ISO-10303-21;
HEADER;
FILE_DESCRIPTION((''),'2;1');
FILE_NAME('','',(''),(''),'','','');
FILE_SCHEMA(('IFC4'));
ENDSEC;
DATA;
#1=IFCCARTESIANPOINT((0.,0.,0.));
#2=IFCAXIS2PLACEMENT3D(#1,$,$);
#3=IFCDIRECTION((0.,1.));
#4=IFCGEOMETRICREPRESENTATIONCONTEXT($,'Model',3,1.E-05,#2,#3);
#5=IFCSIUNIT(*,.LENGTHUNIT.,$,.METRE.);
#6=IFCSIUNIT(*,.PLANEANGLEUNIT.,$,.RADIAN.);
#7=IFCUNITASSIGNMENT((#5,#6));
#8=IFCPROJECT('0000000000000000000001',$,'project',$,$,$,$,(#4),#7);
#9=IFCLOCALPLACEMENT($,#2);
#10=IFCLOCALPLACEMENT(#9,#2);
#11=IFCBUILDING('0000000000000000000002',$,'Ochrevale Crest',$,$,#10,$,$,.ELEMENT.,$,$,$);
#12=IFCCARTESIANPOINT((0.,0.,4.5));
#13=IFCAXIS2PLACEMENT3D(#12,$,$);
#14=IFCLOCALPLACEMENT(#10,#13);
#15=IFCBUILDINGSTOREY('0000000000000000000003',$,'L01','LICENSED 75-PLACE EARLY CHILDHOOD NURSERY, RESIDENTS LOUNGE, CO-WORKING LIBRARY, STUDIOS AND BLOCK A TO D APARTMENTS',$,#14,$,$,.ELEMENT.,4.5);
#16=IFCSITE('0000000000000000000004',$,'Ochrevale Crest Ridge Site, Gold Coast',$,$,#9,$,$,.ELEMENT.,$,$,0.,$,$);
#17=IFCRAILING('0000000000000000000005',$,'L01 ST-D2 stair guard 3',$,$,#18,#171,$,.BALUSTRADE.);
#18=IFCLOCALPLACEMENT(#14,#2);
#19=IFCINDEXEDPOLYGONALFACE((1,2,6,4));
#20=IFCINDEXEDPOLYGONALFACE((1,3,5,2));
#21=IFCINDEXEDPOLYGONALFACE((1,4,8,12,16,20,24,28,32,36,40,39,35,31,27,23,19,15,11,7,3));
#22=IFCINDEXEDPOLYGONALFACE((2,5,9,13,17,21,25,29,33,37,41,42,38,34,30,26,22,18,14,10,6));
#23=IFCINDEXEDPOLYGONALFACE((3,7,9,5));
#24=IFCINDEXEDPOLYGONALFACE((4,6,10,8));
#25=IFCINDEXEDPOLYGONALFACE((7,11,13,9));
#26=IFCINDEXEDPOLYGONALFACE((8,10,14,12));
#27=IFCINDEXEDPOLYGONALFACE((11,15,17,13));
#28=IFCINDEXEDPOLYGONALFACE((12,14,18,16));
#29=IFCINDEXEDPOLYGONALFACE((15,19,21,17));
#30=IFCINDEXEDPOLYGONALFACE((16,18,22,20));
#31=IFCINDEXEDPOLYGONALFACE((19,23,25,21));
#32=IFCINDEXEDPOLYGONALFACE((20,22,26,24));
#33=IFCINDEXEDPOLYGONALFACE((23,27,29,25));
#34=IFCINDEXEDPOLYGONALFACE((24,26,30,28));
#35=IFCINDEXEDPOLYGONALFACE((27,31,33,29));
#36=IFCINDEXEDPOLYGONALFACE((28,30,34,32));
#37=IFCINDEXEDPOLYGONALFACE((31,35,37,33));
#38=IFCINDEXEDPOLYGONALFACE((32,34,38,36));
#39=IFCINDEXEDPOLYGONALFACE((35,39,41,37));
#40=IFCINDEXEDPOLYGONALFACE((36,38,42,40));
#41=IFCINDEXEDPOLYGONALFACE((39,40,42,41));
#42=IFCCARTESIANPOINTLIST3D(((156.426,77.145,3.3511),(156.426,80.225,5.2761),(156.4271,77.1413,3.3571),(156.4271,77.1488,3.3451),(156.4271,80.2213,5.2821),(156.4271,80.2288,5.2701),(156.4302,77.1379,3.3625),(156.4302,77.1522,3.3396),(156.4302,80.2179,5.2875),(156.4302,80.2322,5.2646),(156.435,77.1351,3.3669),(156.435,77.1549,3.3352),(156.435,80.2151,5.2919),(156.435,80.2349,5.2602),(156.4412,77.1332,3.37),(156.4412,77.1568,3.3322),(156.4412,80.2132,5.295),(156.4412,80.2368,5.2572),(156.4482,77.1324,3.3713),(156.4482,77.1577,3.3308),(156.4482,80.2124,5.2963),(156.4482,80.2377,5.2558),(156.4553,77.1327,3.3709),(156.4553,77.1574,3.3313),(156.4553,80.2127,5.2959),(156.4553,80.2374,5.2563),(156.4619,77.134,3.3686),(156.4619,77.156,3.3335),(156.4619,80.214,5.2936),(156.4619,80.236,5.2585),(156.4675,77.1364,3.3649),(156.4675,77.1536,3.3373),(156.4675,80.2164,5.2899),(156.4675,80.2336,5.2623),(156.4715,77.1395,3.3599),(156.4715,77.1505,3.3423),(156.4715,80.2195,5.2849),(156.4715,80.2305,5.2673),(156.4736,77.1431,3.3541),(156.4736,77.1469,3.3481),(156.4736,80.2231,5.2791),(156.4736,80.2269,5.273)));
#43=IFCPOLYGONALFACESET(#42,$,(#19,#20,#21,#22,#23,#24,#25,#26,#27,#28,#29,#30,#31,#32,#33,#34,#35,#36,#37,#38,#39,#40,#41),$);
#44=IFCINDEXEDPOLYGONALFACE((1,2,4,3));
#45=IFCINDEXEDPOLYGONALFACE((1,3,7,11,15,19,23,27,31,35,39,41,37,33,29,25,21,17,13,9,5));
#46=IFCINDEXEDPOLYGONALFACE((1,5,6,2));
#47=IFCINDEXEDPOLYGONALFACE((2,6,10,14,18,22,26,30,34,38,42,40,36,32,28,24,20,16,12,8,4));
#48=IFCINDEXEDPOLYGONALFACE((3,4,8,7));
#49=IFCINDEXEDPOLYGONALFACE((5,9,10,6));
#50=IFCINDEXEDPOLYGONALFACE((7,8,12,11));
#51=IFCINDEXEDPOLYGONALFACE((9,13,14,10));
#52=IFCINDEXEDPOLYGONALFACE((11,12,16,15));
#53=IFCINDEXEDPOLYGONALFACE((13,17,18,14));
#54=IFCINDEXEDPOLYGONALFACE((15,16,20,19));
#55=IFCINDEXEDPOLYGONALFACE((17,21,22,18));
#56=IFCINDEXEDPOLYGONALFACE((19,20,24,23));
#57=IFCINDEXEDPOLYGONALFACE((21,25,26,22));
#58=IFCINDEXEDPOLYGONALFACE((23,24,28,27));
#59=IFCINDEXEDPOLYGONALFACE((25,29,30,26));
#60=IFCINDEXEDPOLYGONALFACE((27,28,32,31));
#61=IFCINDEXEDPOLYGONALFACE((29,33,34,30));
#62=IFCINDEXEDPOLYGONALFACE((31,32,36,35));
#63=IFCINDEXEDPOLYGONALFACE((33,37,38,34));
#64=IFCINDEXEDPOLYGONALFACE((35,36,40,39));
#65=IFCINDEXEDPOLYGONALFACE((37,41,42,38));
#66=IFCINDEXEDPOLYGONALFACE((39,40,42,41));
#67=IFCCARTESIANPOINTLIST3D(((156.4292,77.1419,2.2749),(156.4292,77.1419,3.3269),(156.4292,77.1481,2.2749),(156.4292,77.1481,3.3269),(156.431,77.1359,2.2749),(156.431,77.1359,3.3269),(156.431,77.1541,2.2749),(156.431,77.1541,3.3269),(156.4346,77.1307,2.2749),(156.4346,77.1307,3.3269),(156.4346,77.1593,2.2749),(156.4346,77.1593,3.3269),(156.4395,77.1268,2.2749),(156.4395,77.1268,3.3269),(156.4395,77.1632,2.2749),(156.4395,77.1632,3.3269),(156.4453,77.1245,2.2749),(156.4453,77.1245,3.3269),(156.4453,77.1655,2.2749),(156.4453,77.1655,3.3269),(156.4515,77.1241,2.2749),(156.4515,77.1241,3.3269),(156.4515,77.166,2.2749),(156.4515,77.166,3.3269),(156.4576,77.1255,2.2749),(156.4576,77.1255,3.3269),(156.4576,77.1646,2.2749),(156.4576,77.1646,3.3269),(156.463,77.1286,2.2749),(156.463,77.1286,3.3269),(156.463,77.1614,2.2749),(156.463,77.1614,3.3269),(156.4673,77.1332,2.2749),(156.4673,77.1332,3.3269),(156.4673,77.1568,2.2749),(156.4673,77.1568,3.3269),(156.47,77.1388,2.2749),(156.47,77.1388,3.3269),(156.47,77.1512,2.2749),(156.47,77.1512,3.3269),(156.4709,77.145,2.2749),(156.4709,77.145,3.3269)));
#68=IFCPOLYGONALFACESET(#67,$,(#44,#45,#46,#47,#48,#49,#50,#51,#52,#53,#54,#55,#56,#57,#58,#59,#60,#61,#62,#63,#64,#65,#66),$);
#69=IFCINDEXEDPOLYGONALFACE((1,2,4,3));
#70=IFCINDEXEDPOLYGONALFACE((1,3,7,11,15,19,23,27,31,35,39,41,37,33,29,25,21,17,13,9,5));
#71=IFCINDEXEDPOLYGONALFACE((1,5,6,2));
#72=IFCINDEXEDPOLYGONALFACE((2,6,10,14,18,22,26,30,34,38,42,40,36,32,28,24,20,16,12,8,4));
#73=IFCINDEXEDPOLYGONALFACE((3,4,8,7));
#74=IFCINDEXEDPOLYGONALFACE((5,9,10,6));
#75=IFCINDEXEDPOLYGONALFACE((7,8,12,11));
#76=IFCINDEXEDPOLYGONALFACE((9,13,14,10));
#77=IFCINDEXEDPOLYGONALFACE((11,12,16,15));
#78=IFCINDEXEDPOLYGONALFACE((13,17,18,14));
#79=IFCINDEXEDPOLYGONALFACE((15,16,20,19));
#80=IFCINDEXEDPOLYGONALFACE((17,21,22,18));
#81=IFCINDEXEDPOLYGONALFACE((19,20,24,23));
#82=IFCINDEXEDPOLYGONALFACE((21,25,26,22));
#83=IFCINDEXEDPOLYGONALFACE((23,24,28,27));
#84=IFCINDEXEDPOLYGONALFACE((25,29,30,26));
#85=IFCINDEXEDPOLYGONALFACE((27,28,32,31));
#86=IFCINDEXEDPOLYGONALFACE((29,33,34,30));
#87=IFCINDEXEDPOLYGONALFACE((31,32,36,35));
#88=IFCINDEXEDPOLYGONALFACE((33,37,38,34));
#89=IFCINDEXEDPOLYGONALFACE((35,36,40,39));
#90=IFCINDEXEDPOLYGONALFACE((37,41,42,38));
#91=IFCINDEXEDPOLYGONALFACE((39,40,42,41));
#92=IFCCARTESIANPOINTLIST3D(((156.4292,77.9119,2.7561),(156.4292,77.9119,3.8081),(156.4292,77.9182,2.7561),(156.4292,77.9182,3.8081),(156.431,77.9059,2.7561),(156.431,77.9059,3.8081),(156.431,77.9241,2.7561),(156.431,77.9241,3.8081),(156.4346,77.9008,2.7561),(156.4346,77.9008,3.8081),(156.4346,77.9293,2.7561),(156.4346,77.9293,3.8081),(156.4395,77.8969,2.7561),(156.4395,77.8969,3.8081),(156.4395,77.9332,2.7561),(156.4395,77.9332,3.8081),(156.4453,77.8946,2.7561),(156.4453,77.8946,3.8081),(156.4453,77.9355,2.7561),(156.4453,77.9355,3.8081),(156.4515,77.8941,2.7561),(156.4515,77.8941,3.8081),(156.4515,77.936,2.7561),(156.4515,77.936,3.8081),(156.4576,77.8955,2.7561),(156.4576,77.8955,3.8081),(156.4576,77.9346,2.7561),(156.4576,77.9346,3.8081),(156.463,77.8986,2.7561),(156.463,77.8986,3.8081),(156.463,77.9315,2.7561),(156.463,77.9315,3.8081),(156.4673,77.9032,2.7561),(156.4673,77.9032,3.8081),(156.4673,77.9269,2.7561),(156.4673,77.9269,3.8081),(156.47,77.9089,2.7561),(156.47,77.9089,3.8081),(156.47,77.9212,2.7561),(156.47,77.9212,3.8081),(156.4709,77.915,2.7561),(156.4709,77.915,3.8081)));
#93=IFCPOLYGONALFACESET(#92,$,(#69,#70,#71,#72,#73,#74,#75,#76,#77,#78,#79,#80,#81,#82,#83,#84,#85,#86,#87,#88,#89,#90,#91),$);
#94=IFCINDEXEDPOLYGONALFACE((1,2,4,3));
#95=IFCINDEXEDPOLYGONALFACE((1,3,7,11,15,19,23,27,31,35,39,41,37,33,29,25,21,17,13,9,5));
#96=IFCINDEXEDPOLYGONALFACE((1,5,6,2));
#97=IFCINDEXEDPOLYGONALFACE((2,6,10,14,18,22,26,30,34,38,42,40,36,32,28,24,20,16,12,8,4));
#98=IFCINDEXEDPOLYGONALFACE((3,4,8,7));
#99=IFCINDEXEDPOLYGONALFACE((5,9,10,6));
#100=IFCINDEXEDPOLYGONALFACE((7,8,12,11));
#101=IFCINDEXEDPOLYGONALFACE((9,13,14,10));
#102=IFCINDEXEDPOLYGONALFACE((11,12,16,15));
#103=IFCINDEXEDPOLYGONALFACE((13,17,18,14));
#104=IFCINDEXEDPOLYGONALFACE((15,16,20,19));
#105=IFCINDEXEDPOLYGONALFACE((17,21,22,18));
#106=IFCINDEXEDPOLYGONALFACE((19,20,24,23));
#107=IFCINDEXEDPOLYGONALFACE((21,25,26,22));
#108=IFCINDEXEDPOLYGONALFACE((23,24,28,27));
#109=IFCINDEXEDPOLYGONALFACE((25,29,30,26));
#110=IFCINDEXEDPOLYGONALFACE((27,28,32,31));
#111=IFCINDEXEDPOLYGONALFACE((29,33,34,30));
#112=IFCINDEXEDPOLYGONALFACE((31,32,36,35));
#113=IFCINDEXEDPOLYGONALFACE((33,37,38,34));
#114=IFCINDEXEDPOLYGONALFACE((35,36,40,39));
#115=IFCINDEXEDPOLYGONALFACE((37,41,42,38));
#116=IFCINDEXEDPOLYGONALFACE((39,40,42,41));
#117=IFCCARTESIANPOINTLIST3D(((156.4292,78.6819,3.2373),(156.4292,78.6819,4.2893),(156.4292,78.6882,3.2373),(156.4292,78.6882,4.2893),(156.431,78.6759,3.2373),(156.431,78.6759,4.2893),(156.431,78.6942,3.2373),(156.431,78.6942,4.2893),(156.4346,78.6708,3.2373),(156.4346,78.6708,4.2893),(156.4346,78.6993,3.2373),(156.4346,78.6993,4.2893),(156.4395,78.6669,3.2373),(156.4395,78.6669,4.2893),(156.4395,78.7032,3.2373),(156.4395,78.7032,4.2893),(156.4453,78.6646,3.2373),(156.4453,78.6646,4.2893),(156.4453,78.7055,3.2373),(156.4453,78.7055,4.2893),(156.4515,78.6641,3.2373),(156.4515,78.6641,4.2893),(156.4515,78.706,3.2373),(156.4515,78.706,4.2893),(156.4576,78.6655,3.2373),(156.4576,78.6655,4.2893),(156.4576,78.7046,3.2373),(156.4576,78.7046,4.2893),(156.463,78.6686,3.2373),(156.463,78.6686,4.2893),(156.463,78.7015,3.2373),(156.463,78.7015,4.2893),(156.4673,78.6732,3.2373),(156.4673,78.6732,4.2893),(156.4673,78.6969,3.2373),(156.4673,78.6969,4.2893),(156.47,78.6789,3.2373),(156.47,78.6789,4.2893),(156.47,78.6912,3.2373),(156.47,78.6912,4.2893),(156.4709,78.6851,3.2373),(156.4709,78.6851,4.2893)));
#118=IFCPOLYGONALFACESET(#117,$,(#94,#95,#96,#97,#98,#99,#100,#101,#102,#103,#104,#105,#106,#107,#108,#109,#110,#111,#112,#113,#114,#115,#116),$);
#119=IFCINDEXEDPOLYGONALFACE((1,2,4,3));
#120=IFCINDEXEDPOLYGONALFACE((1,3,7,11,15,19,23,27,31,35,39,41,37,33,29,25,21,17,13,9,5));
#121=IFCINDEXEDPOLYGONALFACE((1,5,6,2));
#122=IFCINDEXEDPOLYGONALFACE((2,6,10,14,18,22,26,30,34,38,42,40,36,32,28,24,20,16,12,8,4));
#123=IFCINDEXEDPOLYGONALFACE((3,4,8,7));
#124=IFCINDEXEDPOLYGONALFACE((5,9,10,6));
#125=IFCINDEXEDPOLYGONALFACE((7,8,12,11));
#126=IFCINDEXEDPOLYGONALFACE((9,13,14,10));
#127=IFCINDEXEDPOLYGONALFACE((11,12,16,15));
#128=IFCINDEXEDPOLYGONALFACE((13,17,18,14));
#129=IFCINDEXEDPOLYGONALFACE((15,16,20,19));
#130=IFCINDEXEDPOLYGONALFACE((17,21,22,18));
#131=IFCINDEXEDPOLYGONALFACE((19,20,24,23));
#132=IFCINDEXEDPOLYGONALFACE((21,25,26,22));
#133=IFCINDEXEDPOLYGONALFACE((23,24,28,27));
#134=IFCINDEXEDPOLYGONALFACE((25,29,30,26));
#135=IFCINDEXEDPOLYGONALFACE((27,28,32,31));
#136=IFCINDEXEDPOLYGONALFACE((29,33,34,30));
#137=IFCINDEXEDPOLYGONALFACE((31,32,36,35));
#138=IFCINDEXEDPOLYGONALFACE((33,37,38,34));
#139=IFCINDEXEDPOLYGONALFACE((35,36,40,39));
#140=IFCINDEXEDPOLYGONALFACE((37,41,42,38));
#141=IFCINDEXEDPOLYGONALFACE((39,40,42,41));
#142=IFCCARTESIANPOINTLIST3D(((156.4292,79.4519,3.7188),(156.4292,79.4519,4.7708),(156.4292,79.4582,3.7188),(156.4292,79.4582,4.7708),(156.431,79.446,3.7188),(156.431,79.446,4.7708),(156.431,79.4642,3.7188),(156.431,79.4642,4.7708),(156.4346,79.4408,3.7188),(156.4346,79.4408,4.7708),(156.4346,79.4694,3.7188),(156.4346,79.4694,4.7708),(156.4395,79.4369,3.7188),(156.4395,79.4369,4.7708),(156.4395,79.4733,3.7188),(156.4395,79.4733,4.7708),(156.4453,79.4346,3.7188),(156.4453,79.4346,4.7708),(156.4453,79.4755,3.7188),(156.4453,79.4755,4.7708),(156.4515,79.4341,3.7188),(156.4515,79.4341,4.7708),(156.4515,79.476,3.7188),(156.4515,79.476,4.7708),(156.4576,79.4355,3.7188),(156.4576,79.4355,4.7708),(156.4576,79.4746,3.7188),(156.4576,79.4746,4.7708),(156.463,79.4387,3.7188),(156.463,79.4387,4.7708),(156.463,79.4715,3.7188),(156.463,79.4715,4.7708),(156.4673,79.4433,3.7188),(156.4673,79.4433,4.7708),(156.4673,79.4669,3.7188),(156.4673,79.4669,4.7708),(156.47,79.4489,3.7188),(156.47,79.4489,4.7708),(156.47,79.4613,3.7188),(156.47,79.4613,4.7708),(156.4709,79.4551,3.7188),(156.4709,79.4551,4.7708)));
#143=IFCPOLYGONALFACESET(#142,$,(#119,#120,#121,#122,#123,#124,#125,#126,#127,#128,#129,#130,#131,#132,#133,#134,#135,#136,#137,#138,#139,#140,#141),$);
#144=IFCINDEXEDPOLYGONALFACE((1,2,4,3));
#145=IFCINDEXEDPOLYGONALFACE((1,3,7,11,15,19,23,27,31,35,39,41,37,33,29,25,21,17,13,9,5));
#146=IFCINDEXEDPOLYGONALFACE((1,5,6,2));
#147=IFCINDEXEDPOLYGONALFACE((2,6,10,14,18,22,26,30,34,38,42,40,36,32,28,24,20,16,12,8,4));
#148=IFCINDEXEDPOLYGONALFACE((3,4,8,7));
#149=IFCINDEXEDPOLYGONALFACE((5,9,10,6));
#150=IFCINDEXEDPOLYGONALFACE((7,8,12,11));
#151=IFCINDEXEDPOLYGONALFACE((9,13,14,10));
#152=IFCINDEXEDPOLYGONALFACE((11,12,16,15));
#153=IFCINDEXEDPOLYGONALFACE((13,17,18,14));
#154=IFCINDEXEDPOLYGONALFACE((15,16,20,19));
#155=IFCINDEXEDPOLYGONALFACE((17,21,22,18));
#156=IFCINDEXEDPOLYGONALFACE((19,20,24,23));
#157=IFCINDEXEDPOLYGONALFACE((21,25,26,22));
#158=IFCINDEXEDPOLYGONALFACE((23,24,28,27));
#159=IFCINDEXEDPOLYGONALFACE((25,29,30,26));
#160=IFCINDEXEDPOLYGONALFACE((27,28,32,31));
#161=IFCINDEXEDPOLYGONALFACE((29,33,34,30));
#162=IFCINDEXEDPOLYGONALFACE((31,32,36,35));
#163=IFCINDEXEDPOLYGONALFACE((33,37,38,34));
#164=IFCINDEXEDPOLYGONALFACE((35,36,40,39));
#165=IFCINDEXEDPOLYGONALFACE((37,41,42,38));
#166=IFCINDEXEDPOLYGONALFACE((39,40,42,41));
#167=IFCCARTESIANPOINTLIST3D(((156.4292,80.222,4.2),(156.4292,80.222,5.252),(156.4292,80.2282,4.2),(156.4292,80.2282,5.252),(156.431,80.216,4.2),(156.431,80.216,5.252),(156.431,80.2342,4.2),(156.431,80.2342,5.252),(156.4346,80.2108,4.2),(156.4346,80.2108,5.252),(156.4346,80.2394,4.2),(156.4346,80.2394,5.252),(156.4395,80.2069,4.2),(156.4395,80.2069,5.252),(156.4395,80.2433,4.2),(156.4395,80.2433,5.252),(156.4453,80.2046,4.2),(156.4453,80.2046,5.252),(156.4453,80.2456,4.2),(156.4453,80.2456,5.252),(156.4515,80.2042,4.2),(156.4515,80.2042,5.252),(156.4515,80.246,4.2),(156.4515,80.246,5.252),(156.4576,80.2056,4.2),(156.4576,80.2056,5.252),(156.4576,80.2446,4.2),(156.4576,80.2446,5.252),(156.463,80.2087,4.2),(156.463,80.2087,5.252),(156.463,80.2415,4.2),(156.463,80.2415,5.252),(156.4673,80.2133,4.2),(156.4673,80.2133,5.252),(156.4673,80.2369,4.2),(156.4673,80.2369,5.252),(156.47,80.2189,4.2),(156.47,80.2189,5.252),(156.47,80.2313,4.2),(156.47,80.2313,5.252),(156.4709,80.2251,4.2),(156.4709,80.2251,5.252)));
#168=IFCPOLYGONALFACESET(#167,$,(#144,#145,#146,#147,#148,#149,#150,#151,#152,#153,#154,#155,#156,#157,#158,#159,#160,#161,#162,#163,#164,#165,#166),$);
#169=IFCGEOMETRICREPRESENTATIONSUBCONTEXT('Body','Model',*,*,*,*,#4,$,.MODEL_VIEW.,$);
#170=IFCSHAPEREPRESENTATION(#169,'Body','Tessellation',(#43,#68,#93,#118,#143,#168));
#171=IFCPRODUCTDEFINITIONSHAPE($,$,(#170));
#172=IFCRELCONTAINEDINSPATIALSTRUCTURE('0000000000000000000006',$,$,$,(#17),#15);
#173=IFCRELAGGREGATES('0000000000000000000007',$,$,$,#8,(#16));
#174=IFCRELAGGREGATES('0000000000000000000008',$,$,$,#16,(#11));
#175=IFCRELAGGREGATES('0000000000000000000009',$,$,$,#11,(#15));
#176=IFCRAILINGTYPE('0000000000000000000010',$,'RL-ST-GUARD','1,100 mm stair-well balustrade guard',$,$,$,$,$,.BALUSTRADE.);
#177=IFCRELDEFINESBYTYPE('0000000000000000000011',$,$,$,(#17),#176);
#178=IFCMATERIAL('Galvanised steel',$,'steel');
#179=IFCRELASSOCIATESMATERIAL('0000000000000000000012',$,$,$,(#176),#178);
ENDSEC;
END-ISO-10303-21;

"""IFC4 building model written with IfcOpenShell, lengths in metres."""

from ifc_helpers import new_model, si_unit, direction, frame, origin, origin_2d, place, context, subcontext, project, spatial, circle, extrude, material, type_object, element, save


model = new_model("IFC4")

# Units and contexts
model_context = context("Model", 3, precision=1e-05, world=origin(), true_north=direction((0.0, 1.0)))
body_context = subcontext(model_context, "Body", "Model", "MODEL_VIEW")
ifc_project = project(units=[si_unit("LENGTHUNIT", "METRE"), si_unit("PLANEANGLEUNIT", "RADIAN")], contexts=[model_context])

# Site, building, storey
site_placement = place(None, origin())
site = spatial("IfcSite", under=ifc_project, at=site_placement, Name="Ochrevale Crest Ridge Site, Gold Coast", CompositionType="ELEMENT", RefElevation=0.0)
building_placement = place(site_placement, origin())
building = spatial("IfcBuilding", under=site, at=building_placement, Name="Ochrevale Crest", CompositionType="ELEMENT")
storey_placement = place(building_placement, frame((0.0, 0.0, 4.5)))
storey = spatial("IfcBuildingStorey", under=building, at=storey_placement, Name="L01", Description="LICENSED 75-PLACE EARLY CHILDHOOD NURSERY, RESIDENTS LOUNGE, CO-WORKING LIBRARY, STUDIOS AND BLOCK A TO D APARTMENTS", CompositionType="ELEMENT", Elevation=4.5)

# Railing
ifc_material_1 = material(Name="Galvanised steel", Category="steel")
railing_type_1 = type_object("IfcRailingType", Name="RL-ST-GUARD", Description="1,100 mm stair-well balustrade guard", PredefinedType="BALUSTRADE", material=ifc_material_1)
railing_1_placement = place(storey_placement, frame((156.45, 77.145, 2.2749)))
element("IfcRailing", 1, at=railing_1_placement, inside=storey, type_object=railing_type_1, Name="L01 ST-D2 stair guard 3", PredefinedType="BALUSTRADE", context=body_context, shape_type="SweptSolid", body=[
    extrude(circle(Radius=0.0239, at=origin_2d()), frame((0.0, 0.0, 1.0762), z_axis=(0.0, 0.847998, 0.529999), x_axis=(-1.0, 0.0, 0.0)), (0.0, 0.0, 1.0), 3.6321),
    extrude(circle(Radius=0.021, at=origin_2d()), origin(), (0.0, 0.0, 1.0), 1.052),
    extrude(circle(Radius=0.021, at=origin_2d()), frame((0.0, 0.77, 0.4812)), (0.0, 0.0, 1.0), 1.052),
    extrude(circle(Radius=0.021, at=origin_2d()), frame((0.0, 1.54, 0.9624)), (0.0, 0.0, 1.0), 1.052),
    extrude(circle(Radius=0.021, at=origin_2d()), frame((0.0, 2.3101, 1.4438)), (0.0, 0.0, 1.0), 1.052),
    extrude(circle(Radius=0.021, at=origin_2d()), frame((0.0, 3.0801, 1.925)), (0.0, 0.0, 1.0), 1.052),
])

save(model, "model.ifc")
